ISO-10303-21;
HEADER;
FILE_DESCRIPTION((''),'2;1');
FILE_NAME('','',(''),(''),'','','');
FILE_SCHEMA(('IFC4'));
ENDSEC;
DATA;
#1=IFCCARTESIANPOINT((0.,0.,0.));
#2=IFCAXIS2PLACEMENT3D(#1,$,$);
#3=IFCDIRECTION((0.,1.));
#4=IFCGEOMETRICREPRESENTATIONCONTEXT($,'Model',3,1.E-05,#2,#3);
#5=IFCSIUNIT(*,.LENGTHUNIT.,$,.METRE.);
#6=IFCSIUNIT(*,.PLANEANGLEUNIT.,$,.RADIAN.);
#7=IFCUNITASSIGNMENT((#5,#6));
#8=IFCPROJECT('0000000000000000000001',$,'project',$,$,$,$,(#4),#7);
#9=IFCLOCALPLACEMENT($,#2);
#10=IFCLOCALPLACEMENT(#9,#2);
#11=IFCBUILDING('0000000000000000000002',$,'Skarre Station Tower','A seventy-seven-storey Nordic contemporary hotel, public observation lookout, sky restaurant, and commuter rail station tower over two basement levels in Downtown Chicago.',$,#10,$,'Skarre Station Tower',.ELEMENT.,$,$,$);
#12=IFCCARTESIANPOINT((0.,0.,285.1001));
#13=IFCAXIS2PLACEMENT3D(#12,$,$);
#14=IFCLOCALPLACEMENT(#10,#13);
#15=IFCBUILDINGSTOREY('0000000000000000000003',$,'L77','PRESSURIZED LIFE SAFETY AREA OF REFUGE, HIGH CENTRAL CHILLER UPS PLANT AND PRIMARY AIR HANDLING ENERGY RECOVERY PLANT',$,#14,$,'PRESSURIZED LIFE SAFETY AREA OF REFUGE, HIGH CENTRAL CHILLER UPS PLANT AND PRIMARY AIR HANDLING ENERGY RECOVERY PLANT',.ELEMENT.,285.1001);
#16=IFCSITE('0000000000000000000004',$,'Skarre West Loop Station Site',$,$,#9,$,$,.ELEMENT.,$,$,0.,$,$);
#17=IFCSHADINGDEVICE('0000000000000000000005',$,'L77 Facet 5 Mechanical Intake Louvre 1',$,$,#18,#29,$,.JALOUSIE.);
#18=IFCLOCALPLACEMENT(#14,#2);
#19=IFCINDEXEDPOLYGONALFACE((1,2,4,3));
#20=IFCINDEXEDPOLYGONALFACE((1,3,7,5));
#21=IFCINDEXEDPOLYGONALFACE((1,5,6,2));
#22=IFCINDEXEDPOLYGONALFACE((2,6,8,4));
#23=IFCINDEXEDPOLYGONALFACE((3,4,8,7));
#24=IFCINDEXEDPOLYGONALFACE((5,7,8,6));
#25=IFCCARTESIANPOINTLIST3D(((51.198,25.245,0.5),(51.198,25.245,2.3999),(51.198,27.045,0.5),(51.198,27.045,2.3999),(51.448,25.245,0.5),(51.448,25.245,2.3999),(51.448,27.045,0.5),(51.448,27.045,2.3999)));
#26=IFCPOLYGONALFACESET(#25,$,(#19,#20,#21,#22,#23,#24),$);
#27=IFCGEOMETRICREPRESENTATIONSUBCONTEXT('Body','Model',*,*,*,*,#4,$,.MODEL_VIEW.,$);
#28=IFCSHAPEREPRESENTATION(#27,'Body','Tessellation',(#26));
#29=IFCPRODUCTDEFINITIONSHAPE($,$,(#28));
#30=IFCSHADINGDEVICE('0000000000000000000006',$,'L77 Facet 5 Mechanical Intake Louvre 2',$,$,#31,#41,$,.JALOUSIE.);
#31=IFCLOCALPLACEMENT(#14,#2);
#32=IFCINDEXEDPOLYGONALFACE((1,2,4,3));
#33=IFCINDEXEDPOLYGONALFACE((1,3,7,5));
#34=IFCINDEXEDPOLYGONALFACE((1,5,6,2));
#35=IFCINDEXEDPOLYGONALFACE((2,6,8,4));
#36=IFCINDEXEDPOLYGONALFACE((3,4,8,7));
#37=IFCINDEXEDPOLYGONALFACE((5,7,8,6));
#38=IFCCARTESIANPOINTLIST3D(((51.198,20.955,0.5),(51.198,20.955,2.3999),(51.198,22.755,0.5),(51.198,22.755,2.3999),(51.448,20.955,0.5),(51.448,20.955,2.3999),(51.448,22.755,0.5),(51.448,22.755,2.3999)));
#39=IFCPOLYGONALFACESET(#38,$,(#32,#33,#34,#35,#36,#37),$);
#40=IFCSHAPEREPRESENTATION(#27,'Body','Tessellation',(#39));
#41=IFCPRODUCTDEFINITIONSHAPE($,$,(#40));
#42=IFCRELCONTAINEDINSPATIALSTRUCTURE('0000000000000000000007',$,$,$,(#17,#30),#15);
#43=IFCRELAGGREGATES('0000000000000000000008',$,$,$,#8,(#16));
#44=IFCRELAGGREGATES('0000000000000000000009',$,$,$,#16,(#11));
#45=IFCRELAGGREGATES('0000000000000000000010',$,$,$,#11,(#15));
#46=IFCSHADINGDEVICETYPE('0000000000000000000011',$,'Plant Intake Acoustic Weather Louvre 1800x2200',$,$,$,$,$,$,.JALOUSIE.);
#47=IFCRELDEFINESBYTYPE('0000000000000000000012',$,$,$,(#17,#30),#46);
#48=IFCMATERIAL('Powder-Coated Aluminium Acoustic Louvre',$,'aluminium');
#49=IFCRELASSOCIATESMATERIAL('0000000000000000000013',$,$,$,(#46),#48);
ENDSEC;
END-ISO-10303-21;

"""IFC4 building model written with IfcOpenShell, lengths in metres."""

from ifc_helpers import new_model, si_unit, direction, frame, origin, origin_2d, place, context, subcontext, project, spatial, rectangle, extrude, material, type_object, element, save


model = new_model("IFC4")

# Units and contexts
model_context = context("Model", 3, precision=1e-05, world=origin(), true_north=direction((0.0, 1.0)))
body_context = subcontext(model_context, "Body", "Model", "MODEL_VIEW")
ifc_project = project(units=[si_unit("LENGTHUNIT", "METRE"), si_unit("PLANEANGLEUNIT", "RADIAN")], contexts=[model_context])

# Site, building, storey
site_placement = place(None, origin())
site = spatial("IfcSite", under=ifc_project, at=site_placement, Name="Skarre West Loop Station Site", CompositionType="ELEMENT", RefElevation=0.0)
building_placement = place(site_placement, origin())
building = spatial("IfcBuilding", under=site, at=building_placement, Name="Skarre Station Tower", Description="A seventy-seven-storey Nordic contemporary hotel, public observation lookout, sky restaurant, and commuter rail station tower over two basement levels in Downtown Chicago.", LongName="Skarre Station Tower", CompositionType="ELEMENT")
storey_placement = place(building_placement, frame((0.0, 0.0, 285.1001)))
storey = spatial("IfcBuildingStorey", under=building, at=storey_placement, Name="L77", Description="PRESSURIZED LIFE SAFETY AREA OF REFUGE, HIGH CENTRAL CHILLER UPS PLANT AND PRIMARY AIR HANDLING ENERGY RECOVERY PLANT", LongName="PRESSURIZED LIFE SAFETY AREA OF REFUGE, HIGH CENTRAL CHILLER UPS PLANT AND PRIMARY AIR HANDLING ENERGY RECOVERY PLANT", CompositionType="ELEMENT", Elevation=285.1001)

# Shading devices
ifc_material_1 = material(Name="Powder-Coated Aluminium Acoustic Louvre", Category="aluminium")
shading_device_type = type_object("IfcShadingDeviceType", Name="Plant Intake Acoustic Weather Louvre 1800x2200", PredefinedType="JALOUSIE", material=ifc_material_1)
for number, where, z_axis, x_axis, name in (
    (1, (51.323, 26.145, 0.5), (0.0, 0.0, 1.0), (1.0, 0.0, 0.0), "L77 Facet 5 Mechanical Intake Louvre 1"),
    (2, (51.323, 21.855, 0.5), (0.0, 0.0, 1.0), (1.0, 0.0, 0.0), "L77 Facet 5 Mechanical Intake Louvre 2"),
):
    element("IfcShadingDevice", number, at=place(storey_placement, frame(where, z_axis=z_axis, x_axis=x_axis)), inside=storey, type_object=shading_device_type, Name=name, PredefinedType="JALOUSIE", context=body_context, shape_type="SweptSolid", body=[
        extrude(rectangle(XDim=0.25, YDim=1.8, at=origin_2d()), origin(), (0.0, 0.0, 1.0), 1.8999),
    ])

save(model, "model.ifc")
